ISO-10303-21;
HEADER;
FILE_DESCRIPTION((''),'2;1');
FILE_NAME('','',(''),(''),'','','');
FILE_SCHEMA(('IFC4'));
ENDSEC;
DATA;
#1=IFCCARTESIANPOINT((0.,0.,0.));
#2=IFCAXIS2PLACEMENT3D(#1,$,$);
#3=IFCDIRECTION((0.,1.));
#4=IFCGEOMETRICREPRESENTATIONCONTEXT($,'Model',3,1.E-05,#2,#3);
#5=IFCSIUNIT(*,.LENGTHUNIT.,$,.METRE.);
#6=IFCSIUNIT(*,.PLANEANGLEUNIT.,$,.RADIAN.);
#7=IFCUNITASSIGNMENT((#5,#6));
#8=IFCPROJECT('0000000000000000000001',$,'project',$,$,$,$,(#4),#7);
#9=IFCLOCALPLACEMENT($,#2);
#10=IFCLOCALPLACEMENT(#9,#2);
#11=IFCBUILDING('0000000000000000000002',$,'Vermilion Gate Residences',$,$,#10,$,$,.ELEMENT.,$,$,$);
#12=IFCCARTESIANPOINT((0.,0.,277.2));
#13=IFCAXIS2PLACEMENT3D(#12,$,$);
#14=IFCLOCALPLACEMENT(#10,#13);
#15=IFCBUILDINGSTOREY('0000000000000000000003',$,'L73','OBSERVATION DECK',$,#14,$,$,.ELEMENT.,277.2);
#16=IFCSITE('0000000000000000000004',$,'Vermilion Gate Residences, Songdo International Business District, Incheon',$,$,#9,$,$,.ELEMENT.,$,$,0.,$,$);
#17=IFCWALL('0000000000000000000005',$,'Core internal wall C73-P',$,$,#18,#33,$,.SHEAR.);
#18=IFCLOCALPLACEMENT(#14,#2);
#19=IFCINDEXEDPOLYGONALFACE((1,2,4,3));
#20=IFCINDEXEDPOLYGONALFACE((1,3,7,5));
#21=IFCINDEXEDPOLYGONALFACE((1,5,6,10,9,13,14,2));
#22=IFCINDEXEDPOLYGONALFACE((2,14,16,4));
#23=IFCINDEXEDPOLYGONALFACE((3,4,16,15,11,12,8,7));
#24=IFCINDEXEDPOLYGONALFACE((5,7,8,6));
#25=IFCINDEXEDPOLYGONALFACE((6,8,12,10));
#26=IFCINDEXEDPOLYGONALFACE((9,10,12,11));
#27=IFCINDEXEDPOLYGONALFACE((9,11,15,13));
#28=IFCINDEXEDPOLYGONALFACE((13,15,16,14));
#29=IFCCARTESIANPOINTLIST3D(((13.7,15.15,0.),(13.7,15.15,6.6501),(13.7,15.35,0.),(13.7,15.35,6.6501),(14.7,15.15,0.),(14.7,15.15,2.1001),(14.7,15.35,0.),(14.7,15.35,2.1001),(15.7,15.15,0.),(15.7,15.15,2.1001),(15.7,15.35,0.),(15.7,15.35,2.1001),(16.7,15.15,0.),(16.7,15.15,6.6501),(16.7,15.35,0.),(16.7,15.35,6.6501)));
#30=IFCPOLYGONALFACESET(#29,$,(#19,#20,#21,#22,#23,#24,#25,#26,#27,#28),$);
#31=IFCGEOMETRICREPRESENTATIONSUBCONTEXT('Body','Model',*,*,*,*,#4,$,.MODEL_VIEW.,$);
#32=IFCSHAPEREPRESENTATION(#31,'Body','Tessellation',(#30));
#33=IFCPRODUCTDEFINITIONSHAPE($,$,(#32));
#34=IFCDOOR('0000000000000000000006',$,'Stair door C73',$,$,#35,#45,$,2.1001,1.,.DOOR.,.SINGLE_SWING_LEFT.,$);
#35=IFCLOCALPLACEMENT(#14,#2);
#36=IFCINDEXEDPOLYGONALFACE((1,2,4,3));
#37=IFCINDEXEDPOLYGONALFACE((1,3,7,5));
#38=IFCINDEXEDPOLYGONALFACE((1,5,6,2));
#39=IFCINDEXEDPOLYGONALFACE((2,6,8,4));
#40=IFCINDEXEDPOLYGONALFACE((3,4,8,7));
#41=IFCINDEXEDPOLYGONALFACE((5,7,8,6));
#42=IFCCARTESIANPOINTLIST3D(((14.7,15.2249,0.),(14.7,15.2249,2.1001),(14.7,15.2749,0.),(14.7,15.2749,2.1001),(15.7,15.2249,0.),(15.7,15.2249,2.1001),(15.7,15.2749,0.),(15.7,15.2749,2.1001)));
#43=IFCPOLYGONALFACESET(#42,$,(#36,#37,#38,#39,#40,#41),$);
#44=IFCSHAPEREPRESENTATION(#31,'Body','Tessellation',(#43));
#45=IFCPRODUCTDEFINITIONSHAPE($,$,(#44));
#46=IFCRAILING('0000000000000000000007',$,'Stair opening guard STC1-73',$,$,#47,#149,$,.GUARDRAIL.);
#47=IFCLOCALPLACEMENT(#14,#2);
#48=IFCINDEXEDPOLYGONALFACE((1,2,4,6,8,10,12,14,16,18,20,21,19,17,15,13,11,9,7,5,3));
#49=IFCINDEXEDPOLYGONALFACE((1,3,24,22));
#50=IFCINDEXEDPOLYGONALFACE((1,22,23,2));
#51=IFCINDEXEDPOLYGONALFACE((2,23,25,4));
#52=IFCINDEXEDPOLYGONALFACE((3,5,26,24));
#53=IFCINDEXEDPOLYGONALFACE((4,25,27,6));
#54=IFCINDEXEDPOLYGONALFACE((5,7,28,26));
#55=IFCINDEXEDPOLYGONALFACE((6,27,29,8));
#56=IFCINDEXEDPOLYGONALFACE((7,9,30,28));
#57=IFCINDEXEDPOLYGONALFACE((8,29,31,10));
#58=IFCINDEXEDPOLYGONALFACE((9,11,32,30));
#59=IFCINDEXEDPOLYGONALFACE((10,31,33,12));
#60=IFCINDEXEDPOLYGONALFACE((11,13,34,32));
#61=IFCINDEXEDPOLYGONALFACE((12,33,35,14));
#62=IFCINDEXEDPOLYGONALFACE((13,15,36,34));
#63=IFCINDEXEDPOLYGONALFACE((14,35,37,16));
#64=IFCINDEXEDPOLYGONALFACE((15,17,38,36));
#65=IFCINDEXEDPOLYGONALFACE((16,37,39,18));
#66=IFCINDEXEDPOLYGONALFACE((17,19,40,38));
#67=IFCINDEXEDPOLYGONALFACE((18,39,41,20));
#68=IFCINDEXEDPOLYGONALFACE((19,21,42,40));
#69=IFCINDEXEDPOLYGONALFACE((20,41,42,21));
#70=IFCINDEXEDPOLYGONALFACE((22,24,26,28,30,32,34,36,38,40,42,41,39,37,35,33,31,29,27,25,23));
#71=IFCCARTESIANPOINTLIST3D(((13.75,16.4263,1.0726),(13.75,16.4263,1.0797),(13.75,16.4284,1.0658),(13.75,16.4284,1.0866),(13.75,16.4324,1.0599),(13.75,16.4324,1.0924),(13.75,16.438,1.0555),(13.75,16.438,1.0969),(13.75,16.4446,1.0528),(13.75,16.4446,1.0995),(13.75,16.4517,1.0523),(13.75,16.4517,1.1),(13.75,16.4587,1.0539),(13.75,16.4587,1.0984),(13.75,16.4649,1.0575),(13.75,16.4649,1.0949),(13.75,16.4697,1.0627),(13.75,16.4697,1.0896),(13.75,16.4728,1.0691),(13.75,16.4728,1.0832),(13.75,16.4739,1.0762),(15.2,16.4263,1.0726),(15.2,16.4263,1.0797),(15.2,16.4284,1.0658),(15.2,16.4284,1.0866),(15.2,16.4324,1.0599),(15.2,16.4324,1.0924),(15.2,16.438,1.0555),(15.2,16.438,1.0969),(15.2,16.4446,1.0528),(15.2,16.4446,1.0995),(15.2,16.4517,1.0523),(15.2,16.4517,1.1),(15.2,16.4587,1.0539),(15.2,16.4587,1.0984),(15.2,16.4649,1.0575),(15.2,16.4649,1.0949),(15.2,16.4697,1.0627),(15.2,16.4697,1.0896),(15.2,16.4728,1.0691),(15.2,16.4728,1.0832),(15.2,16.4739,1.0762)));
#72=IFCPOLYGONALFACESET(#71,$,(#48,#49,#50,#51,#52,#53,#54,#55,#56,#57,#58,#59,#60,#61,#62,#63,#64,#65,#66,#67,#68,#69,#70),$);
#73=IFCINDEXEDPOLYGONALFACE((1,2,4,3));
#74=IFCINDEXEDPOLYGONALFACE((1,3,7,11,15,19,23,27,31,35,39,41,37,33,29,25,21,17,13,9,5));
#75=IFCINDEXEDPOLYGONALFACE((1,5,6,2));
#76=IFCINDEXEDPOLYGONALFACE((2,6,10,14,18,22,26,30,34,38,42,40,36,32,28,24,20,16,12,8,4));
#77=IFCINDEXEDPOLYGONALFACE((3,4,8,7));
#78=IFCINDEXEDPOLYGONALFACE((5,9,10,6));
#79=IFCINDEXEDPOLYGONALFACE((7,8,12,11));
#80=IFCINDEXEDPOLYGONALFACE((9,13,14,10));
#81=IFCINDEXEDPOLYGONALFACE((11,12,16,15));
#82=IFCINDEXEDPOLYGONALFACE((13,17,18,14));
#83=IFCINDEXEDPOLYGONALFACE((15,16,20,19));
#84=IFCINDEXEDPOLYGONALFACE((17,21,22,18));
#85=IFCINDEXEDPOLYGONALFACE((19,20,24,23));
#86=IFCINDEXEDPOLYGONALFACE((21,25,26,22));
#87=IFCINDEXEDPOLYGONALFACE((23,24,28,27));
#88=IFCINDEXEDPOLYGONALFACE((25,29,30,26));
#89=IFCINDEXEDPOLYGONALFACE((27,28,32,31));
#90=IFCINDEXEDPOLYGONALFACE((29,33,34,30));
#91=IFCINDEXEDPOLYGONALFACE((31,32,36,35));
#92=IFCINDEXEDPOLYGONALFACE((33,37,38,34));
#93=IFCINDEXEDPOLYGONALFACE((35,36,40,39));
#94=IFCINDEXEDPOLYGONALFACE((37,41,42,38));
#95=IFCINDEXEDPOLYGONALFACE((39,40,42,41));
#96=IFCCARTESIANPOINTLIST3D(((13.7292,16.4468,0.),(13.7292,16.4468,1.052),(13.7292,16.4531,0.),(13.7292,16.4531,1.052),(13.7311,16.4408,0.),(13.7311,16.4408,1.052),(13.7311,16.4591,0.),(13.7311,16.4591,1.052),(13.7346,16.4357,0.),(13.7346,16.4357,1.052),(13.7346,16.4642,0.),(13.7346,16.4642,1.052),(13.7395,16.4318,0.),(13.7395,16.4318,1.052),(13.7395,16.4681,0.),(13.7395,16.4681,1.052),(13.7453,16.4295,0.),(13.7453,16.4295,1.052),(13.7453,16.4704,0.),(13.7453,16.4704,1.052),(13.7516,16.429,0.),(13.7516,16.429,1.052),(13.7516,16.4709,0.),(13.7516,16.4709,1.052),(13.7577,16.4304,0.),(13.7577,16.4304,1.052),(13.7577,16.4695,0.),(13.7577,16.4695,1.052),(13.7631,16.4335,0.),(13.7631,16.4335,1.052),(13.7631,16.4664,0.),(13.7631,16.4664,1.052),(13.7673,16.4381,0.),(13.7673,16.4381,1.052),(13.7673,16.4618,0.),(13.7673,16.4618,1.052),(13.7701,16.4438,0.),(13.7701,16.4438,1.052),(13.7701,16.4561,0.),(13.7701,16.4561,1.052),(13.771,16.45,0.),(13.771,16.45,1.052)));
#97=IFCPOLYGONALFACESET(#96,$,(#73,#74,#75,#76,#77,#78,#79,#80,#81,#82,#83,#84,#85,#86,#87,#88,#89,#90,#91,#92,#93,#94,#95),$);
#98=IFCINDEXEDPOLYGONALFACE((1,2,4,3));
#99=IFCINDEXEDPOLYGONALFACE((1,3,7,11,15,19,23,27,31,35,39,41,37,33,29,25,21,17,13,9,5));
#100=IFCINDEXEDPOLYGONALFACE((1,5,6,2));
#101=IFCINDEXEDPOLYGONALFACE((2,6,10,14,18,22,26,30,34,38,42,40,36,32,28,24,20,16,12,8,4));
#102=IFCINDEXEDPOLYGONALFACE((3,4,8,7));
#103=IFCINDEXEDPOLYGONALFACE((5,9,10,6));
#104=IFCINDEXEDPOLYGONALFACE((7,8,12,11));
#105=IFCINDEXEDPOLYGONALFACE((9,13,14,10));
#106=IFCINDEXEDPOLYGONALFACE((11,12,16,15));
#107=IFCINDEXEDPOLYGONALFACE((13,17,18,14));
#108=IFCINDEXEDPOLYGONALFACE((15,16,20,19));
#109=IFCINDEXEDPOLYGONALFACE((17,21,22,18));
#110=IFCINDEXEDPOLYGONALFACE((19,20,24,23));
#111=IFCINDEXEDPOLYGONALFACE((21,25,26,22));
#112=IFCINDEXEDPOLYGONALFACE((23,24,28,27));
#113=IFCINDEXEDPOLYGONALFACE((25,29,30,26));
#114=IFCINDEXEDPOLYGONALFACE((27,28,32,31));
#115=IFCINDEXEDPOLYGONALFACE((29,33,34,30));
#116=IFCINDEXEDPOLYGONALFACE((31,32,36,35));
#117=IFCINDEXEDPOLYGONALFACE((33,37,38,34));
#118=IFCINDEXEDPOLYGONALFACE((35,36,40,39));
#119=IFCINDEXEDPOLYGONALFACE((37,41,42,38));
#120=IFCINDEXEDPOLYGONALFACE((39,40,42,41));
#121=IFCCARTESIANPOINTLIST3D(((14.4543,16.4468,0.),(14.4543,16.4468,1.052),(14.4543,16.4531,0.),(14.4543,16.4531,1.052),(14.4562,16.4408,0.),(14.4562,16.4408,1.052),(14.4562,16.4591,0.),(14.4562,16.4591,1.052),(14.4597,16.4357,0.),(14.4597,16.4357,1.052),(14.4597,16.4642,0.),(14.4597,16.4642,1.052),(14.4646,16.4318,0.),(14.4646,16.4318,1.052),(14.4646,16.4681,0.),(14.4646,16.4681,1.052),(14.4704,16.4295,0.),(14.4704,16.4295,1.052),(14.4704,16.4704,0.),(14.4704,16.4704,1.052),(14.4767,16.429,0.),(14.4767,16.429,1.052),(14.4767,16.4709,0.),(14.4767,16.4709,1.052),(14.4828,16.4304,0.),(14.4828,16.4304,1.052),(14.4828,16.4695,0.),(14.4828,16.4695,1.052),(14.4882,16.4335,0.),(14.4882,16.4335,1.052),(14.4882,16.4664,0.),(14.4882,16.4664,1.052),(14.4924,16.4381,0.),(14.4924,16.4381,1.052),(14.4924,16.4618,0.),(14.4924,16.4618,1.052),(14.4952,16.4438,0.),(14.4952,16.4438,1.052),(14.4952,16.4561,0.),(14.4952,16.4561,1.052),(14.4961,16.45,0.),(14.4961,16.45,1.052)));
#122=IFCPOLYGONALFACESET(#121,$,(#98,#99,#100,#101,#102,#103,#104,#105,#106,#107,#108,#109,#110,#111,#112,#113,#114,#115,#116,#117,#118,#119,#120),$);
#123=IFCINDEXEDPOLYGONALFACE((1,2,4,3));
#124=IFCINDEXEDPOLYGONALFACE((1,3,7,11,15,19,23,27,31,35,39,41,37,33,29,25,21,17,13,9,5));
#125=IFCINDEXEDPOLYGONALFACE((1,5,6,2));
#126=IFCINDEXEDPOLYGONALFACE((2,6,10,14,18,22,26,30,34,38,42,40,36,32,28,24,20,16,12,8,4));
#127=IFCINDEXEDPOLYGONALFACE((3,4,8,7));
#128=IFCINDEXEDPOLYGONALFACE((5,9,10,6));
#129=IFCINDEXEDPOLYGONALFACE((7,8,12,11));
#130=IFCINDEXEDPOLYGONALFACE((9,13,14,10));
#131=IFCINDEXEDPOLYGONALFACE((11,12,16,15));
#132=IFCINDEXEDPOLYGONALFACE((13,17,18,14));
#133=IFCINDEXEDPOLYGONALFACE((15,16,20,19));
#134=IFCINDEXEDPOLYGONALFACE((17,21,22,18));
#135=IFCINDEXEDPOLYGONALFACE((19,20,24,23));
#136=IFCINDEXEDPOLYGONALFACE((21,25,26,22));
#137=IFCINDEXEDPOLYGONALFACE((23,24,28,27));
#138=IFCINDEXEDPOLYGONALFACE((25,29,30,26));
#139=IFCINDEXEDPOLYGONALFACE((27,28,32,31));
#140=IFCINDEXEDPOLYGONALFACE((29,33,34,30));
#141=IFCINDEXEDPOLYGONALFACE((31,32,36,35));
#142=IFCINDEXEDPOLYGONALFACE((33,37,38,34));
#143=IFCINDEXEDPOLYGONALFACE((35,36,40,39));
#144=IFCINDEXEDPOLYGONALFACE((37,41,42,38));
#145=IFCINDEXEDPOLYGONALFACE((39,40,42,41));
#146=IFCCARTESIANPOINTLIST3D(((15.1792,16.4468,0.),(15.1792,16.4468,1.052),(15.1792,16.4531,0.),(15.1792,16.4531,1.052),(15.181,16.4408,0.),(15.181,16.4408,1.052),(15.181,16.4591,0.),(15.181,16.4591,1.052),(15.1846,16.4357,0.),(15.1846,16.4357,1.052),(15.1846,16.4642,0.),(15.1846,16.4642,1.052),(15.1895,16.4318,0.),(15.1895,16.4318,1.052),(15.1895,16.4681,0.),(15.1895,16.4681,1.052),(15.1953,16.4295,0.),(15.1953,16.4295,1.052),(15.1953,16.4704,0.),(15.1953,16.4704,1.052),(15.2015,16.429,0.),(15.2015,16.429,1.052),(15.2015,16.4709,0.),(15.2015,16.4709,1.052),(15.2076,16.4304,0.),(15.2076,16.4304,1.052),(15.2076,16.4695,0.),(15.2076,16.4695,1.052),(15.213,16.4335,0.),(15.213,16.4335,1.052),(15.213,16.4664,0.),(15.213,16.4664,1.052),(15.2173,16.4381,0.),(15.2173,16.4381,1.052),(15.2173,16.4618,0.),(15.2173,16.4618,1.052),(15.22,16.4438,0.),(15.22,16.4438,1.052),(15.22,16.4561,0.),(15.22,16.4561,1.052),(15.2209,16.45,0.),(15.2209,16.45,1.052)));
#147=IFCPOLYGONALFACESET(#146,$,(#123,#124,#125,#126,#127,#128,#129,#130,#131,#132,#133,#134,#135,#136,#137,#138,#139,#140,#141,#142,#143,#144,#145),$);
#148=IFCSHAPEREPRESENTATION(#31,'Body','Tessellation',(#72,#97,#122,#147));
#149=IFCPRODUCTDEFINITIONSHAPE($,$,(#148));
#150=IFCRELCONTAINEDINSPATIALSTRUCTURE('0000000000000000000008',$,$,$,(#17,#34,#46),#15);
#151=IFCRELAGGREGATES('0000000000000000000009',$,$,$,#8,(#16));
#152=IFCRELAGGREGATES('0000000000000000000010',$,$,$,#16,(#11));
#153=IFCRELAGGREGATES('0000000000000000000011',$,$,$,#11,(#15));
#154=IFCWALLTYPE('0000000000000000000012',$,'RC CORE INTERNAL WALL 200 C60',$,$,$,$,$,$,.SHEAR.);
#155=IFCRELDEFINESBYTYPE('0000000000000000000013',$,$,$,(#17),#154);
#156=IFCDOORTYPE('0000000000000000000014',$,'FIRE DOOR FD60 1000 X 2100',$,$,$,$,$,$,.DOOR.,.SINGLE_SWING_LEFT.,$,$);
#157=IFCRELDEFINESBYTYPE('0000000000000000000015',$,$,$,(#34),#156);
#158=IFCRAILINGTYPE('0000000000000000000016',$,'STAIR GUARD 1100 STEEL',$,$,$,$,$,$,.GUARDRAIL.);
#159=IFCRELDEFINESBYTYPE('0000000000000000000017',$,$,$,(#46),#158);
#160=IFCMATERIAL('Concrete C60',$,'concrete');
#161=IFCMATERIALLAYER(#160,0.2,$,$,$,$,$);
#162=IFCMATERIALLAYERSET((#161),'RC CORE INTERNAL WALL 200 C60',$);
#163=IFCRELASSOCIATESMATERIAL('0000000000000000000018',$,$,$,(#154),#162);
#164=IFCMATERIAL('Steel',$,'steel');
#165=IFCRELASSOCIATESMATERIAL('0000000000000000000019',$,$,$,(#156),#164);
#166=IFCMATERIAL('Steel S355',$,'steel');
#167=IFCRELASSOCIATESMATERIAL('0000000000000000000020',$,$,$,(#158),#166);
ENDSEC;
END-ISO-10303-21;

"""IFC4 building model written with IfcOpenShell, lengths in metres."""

from ifc_helpers import new_model, si_unit, direction, frame, frame_2d, origin, origin_2d, place, context, subcontext, project, spatial, rectangle, circle, extrude, material, layer, layer_set, type_object, element, fill, save


model = new_model("IFC4")

# Units and contexts
model_context = context("Model", 3, precision=1e-05, world=origin(), true_north=direction((0.0, 1.0)))
body_context = subcontext(model_context, "Body", "Model", "MODEL_VIEW")
ifc_project = project(units=[si_unit("LENGTHUNIT", "METRE"), si_unit("PLANEANGLEUNIT", "RADIAN")], contexts=[model_context])

# Site, building, storey
site_placement = place(None, origin())
site = spatial("IfcSite", under=ifc_project, at=site_placement, Name="Vermilion Gate Residences, Songdo International Business District, Incheon", CompositionType="ELEMENT", RefElevation=0.0)
building_placement = place(site_placement, origin())
building = spatial("IfcBuilding", under=site, at=building_placement, Name="Vermilion Gate Residences", CompositionType="ELEMENT")
storey_placement = place(building_placement, frame((0.0, 0.0, 277.2)))
storey = spatial("IfcBuildingStorey", under=building, at=storey_placement, Name="L73", Description="OBSERVATION DECK", CompositionType="ELEMENT", Elevation=277.2)

# Shared definitions
ifc_material_1 = material(Name="Concrete C60", Category="concrete")
ifc_layer_1 = layer(ifc_material_1, 0.2)
ifc_layer_set_1 = layer_set([ifc_layer_1], Name="RC CORE INTERNAL WALL 200 C60")
wall_type_1 = type_object("IfcWallType", Name="RC CORE INTERNAL WALL 200 C60", PredefinedType="SHEAR", material=ifc_layer_set_1)

# Shared definitions
ifc_material_2 = material(Name="Steel", Category="steel")
door_type_1 = type_object("IfcDoorType", Name="FIRE DOOR FD60 1000 X 2100", OperationType="SINGLE_SWING_LEFT", PredefinedType="DOOR", material=ifc_material_2)

# Wall, opening, door
wall_1_placement = place(storey_placement, frame((13.7, 15.25, 0.0), z_axis=(0.0, 0.0, 1.0), x_axis=(1.0, 0.0, 0.0)))
wall_1 = element("IfcWall", 1, at=wall_1_placement, inside=storey, type_object=wall_type_1, Name="Core internal wall C73-P", PredefinedType="SHEAR", context=body_context, shape_type="SweptSolid", body=[
    extrude(rectangle(XDim=3.0, YDim=0.2, at=frame_2d((1.5, 0.0))), origin(), (0.0, 0.0, 1.0), 6.6501),
])
opening_1_placement = place(wall_1_placement, frame((1.0, 0.0, 0.0)))
opening_1 = element("IfcOpeningElement", 2, at=opening_1_placement, cuts=wall_1, PredefinedType="OPENING", context=body_context, shape_type="SweptSolid", body=[
    extrude(rectangle(XDim=1.0, YDim=2.1001, at=frame_2d((0.5, 1.05))), frame((0.0, 0.1099, 0.0), z_axis=(0.0, -1.0, 0.0), x_axis=(1.0, 0.0, 0.0)), (0.0, 0.0, 1.0), 0.22),
])
door_1_placement = place(opening_1_placement, origin())
door_1 = element("IfcDoor", 3, at=door_1_placement, inside=storey, type_object=door_type_1, Name="Stair door C73", OperationType="SINGLE_SWING_LEFT", OverallHeight=2.1001, OverallWidth=1.0, PredefinedType="DOOR", context=body_context, shape_type="SweptSolid", body=[
    extrude(rectangle(XDim=1.0, YDim=2.1001, at=frame_2d((0.5, 1.05))), frame((0.0, 0.0249, 0.0), z_axis=(0.0, -1.0, 0.0), x_axis=(1.0, 0.0, 0.0)), (0.0, 0.0, 1.0), 0.05),
])
fill(opening_1, door_1)

# Railing
ifc_material_3 = material(Name="Steel S355", Category="steel")
railing_type = type_object("IfcRailingType", Name="STAIR GUARD 1100 STEEL", PredefinedType="GUARDRAIL", material=ifc_material_3)
railing_placement = place(storey_placement, frame((13.75, 16.45, 0.0)))
element("IfcRailing", 4, at=railing_placement, inside=storey, type_object=railing_type, Name="Stair opening guard STC1-73", PredefinedType="GUARDRAIL", context=body_context, shape_type="SweptSolid", body=[
    extrude(circle(Radius=0.0239, at=origin_2d()), frame((0.0, 0.0, 1.0762), z_axis=(1.0, 0.0, 0.0), x_axis=(0.0, 1.0, 0.0)), (0.0, 0.0, 1.0), 1.45),
    extrude(circle(Radius=0.021, at=origin_2d()), origin(), (0.0, 0.0, 1.0), 1.052),
    extrude(circle(Radius=0.021, at=origin_2d()), frame((0.7251, 0.0, 0.0)), (0.0, 0.0, 1.0), 1.052),
    extrude(circle(Radius=0.021, at=origin_2d()), frame((1.45, 0.0, 0.0)), (0.0, 0.0, 1.0), 1.052),
])

save(model, "model.ifc")
